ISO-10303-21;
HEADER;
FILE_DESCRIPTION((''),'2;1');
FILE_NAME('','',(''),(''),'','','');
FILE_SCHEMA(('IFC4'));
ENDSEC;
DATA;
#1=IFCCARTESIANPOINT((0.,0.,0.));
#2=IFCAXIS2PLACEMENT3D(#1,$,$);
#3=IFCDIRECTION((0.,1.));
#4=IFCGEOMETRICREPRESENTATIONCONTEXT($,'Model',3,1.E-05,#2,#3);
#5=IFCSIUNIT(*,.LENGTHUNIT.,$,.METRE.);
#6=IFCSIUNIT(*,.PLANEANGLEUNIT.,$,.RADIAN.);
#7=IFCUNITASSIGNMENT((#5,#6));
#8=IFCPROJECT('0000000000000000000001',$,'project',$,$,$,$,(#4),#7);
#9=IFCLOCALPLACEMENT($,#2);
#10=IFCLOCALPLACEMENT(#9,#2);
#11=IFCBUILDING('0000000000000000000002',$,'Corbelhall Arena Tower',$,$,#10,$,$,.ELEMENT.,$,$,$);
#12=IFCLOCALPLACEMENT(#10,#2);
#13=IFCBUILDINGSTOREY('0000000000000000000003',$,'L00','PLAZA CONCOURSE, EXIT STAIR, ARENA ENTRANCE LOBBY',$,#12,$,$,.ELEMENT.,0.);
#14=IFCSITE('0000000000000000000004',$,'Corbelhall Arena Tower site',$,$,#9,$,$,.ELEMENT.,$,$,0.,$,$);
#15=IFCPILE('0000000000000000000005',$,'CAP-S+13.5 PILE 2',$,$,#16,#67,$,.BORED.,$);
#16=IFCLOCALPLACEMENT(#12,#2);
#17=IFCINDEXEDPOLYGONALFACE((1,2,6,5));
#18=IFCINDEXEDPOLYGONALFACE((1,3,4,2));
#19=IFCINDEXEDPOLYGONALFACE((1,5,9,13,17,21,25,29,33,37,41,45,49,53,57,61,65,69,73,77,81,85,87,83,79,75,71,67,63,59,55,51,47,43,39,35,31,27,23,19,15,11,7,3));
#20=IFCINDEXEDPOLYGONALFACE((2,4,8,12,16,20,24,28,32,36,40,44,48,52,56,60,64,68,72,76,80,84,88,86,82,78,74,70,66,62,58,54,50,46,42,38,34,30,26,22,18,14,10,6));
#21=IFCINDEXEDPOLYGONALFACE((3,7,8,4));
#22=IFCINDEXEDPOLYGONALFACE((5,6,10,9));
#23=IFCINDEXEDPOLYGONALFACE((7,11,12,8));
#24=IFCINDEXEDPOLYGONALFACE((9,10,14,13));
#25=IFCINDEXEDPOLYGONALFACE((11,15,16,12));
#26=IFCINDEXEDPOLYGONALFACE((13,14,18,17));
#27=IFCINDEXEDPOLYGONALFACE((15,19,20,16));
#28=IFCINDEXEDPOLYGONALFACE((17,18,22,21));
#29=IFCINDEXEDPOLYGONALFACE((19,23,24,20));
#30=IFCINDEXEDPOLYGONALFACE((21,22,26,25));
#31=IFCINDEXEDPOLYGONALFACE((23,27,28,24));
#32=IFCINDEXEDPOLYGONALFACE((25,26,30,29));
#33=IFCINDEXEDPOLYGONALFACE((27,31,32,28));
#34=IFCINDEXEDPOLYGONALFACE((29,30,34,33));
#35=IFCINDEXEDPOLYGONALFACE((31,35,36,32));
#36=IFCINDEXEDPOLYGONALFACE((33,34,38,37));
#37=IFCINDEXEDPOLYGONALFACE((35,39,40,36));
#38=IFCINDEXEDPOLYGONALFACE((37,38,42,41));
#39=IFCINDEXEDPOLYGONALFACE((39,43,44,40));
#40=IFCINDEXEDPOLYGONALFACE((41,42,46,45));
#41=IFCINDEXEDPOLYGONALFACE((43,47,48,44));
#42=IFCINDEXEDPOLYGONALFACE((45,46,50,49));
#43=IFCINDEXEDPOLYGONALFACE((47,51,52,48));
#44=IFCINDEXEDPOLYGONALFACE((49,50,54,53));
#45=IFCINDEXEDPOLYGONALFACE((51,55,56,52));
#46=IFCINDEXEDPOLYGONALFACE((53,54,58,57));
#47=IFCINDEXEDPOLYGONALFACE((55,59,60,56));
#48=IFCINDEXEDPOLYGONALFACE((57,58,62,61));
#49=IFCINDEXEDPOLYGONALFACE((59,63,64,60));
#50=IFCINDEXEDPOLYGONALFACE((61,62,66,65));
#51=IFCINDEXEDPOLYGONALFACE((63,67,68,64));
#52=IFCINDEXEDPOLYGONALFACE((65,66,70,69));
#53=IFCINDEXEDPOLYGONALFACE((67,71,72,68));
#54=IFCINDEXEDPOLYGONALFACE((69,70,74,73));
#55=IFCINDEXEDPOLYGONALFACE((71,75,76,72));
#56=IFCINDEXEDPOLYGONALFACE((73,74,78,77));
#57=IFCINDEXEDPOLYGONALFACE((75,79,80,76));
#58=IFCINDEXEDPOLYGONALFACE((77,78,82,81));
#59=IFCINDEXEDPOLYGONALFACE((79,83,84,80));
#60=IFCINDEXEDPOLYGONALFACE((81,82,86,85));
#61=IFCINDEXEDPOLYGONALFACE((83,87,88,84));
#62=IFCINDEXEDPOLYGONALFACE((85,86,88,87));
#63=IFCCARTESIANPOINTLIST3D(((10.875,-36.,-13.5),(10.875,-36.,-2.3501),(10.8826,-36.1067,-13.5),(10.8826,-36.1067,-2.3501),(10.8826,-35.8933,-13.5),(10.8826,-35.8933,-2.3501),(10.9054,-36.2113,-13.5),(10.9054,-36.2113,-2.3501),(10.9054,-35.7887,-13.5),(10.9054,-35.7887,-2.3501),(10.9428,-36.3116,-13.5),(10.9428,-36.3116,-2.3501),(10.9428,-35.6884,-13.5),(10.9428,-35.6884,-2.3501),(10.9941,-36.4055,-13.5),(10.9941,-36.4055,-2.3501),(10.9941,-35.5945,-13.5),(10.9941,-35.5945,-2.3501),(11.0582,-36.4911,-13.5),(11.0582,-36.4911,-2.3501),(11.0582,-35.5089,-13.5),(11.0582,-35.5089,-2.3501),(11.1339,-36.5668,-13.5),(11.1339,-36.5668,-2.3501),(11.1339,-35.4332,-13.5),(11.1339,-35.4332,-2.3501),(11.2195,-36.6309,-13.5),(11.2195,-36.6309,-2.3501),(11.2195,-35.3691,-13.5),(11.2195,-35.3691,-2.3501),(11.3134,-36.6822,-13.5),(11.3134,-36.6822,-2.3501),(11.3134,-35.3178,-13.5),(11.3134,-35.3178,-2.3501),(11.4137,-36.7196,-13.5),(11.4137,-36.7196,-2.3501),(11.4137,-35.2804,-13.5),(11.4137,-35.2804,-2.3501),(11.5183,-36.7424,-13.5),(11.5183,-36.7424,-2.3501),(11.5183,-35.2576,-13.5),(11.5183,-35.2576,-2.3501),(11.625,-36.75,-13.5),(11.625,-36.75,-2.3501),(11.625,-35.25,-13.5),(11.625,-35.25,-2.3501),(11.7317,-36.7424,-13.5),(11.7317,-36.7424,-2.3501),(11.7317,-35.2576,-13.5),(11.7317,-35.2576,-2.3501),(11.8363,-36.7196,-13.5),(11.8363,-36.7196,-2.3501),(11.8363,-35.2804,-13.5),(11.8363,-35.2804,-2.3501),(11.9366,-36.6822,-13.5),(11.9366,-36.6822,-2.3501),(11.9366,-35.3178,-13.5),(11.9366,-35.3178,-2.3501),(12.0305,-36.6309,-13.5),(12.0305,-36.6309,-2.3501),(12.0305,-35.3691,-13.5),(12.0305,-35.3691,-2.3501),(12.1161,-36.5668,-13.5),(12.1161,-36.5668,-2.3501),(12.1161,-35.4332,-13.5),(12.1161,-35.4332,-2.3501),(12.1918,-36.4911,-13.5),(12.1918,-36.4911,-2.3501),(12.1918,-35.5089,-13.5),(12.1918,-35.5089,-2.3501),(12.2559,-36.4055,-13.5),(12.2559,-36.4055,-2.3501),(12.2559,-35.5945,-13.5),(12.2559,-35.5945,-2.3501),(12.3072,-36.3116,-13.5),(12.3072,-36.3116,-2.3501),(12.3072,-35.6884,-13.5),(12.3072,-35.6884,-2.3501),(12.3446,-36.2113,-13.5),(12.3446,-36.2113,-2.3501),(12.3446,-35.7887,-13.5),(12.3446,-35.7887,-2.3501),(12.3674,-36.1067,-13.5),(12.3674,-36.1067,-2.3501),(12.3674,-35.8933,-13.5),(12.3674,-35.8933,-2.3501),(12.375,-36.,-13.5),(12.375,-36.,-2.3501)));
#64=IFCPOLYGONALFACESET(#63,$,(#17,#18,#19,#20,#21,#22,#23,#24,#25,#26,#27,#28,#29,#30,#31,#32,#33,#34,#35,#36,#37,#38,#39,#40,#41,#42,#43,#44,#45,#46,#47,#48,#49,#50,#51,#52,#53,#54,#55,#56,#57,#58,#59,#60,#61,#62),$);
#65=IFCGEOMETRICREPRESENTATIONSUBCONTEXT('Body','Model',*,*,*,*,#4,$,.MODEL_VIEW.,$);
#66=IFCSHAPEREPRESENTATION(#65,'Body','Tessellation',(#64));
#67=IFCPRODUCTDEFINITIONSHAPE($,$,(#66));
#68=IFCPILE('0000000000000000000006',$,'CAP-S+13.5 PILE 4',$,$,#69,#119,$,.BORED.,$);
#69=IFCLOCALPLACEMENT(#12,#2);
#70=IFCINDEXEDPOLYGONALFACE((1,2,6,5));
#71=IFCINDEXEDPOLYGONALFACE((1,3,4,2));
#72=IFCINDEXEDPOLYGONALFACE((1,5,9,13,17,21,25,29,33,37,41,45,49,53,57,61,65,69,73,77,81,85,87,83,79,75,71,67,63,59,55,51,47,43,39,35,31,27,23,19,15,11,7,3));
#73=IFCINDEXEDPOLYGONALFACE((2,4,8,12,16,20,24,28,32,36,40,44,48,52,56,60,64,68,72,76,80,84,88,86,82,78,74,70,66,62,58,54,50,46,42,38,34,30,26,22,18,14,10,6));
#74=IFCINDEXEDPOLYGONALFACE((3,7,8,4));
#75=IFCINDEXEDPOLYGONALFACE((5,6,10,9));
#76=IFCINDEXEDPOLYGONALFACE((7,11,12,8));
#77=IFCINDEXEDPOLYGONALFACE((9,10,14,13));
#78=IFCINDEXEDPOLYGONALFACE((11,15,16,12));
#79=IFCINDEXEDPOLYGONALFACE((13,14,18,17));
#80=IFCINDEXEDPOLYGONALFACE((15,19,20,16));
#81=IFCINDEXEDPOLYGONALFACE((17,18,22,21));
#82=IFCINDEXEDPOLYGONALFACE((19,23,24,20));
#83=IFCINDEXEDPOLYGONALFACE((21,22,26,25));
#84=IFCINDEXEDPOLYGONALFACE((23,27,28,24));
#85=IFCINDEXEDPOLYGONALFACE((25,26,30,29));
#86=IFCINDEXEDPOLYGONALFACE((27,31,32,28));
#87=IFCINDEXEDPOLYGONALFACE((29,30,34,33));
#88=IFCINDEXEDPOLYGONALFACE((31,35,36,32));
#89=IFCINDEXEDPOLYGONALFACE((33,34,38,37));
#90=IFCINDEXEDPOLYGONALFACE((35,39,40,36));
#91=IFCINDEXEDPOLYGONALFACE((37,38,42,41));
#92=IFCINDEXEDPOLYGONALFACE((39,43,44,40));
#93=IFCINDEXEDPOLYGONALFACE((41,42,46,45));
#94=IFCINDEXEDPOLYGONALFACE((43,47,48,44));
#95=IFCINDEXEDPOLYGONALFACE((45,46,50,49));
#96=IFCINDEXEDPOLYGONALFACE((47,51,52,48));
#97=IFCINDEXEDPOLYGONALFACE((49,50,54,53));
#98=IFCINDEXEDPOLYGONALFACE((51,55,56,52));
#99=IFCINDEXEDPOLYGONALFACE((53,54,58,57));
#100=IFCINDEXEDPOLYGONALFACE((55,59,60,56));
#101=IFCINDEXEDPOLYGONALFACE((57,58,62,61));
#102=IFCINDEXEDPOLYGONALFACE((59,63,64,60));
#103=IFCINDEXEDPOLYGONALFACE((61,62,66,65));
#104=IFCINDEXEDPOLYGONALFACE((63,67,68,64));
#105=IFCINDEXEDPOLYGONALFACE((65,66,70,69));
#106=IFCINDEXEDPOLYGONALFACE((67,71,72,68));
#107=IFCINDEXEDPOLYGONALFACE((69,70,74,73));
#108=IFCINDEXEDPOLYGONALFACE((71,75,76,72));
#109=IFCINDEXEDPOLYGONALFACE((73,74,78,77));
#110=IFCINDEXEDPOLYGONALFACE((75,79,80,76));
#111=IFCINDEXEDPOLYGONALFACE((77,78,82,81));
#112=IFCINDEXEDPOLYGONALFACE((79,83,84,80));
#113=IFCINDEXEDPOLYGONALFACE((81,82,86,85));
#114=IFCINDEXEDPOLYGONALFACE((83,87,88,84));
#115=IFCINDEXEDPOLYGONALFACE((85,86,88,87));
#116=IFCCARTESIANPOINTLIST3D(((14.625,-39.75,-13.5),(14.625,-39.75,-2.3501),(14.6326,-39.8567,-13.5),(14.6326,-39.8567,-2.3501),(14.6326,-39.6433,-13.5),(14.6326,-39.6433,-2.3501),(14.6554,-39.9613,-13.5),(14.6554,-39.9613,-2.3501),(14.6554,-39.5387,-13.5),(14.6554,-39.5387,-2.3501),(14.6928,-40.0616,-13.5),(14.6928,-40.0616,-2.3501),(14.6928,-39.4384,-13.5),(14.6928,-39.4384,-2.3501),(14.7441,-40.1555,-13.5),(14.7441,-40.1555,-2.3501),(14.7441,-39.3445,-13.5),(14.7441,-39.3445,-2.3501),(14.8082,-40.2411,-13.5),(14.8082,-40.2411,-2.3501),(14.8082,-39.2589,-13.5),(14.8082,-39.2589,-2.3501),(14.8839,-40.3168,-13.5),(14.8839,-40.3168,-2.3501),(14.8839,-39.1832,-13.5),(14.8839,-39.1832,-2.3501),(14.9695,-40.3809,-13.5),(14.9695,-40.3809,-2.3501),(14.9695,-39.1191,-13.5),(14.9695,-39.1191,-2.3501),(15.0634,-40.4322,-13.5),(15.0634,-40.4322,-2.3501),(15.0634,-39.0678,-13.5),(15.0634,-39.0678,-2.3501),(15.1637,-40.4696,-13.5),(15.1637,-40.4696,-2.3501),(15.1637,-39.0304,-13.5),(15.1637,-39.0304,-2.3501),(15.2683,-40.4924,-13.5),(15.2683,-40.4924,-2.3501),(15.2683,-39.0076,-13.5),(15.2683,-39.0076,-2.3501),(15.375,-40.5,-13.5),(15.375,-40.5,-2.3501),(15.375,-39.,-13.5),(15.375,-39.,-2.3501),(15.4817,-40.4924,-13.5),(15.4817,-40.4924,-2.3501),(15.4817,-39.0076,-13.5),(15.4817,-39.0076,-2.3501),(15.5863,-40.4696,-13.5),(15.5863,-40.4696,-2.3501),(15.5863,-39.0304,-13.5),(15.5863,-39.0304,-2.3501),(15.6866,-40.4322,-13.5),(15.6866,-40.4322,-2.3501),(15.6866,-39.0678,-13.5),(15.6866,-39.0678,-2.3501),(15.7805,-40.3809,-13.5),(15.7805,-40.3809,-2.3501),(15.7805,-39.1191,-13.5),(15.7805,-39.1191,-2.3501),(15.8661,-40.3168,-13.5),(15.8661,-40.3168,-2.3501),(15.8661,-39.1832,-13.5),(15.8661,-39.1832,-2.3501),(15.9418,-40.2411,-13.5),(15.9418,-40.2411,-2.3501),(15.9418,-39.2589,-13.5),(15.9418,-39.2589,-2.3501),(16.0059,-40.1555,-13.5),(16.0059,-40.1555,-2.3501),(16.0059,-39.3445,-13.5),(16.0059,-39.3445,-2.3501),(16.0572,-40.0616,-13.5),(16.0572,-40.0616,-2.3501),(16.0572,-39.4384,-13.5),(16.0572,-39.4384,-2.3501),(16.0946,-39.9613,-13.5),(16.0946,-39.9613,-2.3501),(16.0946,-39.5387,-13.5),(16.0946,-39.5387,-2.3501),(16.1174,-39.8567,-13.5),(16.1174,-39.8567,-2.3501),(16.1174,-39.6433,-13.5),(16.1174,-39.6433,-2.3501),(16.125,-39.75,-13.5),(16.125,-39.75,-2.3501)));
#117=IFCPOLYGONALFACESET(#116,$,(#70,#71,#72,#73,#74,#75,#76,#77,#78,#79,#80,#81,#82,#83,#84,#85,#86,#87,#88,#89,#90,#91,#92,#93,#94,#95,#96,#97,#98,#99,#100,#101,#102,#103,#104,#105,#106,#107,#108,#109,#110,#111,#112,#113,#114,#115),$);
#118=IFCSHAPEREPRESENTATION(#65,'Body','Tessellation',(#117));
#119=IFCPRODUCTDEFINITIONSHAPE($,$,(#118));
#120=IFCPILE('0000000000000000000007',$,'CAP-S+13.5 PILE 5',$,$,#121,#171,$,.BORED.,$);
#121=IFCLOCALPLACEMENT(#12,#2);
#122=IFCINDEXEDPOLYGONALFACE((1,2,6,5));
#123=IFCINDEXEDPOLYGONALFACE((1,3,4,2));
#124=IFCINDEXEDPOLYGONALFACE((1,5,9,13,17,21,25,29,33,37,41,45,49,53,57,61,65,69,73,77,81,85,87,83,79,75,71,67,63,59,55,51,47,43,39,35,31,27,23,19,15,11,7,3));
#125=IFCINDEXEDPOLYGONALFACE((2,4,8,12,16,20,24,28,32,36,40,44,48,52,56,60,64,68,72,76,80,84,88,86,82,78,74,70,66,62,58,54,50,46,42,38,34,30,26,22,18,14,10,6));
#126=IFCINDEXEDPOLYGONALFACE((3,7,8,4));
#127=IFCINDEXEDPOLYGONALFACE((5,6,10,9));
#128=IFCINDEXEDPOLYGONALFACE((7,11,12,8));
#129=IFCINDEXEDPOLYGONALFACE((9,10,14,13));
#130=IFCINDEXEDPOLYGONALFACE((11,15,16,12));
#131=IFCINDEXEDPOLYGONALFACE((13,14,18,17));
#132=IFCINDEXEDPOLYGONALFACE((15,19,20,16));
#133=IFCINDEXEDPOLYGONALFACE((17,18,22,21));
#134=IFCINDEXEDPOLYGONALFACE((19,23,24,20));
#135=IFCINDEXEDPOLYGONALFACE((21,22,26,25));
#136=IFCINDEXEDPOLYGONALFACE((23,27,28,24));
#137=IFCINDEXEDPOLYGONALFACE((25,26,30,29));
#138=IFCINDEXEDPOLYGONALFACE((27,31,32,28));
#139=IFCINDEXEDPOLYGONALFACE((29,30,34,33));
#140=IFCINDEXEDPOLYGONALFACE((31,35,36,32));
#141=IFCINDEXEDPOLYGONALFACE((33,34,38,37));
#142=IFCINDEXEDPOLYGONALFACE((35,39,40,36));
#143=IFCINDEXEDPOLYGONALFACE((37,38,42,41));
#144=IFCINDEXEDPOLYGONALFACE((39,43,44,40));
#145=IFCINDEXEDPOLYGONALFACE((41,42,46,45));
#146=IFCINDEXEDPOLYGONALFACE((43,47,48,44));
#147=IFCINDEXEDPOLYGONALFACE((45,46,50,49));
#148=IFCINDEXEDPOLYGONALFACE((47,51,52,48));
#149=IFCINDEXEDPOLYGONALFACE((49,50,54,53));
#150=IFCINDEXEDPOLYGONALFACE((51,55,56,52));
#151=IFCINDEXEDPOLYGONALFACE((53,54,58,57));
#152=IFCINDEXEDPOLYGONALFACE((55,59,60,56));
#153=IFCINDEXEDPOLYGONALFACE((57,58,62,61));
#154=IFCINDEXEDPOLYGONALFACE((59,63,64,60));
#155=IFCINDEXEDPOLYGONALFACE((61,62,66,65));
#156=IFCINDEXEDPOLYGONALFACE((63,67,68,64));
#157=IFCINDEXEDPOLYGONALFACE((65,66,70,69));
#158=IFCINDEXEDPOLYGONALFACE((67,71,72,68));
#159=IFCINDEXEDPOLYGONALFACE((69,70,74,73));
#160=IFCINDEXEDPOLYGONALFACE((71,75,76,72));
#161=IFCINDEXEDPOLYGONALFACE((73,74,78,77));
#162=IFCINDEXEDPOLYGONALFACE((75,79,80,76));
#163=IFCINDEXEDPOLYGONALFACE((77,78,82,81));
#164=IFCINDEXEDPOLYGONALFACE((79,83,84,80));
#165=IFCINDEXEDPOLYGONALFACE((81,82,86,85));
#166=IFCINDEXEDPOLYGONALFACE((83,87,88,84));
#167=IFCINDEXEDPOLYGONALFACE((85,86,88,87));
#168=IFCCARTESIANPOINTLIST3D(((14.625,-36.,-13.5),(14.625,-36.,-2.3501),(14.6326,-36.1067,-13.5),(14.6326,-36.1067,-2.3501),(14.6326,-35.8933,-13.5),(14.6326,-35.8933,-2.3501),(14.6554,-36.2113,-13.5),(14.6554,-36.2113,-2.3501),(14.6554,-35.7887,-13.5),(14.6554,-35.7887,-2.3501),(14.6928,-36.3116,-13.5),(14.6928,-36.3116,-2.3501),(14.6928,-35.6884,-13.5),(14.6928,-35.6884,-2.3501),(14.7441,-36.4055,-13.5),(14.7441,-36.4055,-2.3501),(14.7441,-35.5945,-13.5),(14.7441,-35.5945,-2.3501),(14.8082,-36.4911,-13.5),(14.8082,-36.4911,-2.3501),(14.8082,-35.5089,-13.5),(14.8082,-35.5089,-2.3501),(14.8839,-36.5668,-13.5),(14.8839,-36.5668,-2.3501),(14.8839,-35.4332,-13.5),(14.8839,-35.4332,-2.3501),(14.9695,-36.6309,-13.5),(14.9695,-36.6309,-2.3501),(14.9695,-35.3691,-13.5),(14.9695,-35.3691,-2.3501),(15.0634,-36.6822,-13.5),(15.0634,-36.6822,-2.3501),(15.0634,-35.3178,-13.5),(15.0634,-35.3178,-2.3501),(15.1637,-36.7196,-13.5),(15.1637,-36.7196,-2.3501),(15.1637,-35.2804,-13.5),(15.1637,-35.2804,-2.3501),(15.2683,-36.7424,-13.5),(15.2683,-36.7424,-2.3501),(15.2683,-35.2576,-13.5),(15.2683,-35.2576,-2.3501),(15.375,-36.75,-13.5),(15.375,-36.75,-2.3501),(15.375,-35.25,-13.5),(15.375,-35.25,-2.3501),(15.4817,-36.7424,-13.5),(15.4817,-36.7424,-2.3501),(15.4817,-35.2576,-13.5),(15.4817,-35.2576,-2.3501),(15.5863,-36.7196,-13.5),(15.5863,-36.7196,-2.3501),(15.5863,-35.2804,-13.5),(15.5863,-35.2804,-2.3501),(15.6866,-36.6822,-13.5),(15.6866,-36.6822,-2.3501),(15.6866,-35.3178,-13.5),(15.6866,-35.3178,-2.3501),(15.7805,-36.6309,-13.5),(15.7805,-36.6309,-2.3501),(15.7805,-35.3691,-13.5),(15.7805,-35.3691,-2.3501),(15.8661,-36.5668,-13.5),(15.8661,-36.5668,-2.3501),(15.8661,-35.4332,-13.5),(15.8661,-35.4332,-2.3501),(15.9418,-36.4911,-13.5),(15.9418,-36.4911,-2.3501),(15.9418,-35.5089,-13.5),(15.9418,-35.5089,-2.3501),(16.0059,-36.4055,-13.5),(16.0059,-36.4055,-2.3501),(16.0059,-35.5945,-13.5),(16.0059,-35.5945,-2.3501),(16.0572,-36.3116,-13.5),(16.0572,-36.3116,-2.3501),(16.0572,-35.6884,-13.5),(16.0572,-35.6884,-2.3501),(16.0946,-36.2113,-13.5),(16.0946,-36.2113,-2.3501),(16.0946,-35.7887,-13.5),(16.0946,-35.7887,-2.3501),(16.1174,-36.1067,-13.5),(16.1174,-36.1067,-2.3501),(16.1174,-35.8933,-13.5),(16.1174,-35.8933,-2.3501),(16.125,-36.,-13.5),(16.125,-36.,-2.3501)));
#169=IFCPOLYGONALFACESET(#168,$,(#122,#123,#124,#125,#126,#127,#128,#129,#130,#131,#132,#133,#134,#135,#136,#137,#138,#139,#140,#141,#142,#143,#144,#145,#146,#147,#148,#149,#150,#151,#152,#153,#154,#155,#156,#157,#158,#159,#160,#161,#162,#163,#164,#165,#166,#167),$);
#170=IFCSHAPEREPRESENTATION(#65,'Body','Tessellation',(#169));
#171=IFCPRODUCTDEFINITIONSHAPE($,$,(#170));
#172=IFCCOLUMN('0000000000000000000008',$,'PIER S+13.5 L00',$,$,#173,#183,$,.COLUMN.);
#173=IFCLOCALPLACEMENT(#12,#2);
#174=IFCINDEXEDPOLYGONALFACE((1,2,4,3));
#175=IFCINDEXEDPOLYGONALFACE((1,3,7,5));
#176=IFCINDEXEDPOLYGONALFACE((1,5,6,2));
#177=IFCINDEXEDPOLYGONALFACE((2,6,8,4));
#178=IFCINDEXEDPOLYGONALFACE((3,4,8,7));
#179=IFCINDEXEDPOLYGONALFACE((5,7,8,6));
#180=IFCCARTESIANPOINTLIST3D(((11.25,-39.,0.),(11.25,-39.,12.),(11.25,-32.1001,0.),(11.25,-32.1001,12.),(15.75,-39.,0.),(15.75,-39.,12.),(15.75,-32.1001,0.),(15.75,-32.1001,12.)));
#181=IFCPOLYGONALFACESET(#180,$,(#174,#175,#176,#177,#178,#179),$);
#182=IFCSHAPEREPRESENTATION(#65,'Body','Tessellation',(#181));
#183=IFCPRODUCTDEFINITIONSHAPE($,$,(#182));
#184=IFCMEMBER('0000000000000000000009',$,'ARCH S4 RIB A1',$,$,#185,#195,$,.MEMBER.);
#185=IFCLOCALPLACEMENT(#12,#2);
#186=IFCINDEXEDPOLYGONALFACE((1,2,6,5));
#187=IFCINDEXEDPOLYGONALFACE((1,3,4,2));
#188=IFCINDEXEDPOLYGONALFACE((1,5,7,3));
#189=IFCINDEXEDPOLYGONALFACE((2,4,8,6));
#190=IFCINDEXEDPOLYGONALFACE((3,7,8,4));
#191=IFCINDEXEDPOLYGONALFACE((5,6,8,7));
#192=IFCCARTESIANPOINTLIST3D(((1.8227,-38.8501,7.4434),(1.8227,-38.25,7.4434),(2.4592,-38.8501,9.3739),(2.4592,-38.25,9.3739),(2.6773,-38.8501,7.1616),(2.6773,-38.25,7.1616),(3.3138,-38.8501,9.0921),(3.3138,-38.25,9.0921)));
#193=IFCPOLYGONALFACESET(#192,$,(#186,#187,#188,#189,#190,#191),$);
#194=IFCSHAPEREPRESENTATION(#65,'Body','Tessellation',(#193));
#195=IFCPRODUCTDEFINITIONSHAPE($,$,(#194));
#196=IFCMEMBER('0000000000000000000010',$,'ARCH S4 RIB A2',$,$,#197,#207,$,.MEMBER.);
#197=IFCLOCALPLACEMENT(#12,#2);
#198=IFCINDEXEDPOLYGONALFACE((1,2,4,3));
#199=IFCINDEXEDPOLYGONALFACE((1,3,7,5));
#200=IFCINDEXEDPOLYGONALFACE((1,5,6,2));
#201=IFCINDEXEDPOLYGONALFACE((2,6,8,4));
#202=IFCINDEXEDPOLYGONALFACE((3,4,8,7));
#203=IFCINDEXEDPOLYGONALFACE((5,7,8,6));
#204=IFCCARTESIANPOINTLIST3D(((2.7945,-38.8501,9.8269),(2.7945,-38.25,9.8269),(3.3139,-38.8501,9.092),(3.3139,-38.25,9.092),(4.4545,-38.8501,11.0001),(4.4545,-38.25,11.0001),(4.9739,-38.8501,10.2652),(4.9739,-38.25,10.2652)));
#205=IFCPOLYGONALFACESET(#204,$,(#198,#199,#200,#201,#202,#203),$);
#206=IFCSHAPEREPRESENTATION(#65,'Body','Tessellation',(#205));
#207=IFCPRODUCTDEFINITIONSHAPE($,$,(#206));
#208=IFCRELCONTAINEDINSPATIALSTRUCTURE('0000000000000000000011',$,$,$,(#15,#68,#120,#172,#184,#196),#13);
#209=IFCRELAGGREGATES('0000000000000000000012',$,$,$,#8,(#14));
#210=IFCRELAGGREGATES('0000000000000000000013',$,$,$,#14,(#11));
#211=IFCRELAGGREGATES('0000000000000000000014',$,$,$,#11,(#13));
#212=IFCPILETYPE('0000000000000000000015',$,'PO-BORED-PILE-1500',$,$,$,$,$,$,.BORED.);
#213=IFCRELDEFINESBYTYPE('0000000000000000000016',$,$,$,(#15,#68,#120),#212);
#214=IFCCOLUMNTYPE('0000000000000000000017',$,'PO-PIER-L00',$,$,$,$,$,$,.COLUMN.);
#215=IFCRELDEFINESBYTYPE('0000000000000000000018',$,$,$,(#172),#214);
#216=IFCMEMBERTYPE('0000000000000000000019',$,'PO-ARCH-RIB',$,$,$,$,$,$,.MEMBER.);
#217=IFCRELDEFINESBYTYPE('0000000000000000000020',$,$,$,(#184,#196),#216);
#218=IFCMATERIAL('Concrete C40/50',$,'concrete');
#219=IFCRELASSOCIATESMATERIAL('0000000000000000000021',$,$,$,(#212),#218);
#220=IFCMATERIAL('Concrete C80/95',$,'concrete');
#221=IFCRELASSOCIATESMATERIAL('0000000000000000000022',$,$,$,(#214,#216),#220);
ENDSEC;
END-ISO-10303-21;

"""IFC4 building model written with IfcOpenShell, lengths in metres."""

from ifc_helpers import new_model, si_unit, direction, frame, origin, origin_2d, place, context, subcontext, project, spatial, rectangle, circle, extrude, material, material_profile, profile_set, type_object, element, save


model = new_model("IFC4")

# Units and contexts
model_context = context("Model", 3, precision=1e-05, world=origin(), true_north=direction((0.0, 1.0)))
body_context = subcontext(model_context, "Body", "Model", "MODEL_VIEW")
ifc_project = project(units=[si_unit("LENGTHUNIT", "METRE"), si_unit("PLANEANGLEUNIT", "RADIAN")], contexts=[model_context])

# Site, building, storey
site_placement = place(None, origin())
site = spatial("IfcSite", under=ifc_project, at=site_placement, Name="Corbelhall Arena Tower site", CompositionType="ELEMENT", RefElevation=0.0)
building_placement = place(site_placement, origin())
building = spatial("IfcBuilding", under=site, at=building_placement, Name="Corbelhall Arena Tower", CompositionType="ELEMENT")
storey_placement = place(building_placement, origin())
storey = spatial("IfcBuildingStorey", under=building, at=storey_placement, Name="L00", Description="PLAZA CONCOURSE, EXIT STAIR, ARENA ENTRANCE LOBBY", CompositionType="ELEMENT", Elevation=0.0)

# Piles
ifc_material_1 = material(Name="Concrete C40/50", Category="concrete")
ifc_material_profile_1 = material_profile(ifc_material_1, circle(Radius=0.75, at=origin_2d()))
ifc_profile_set_1 = profile_set([ifc_material_profile_1], Name="Concrete C40/50")
pile_type = type_object("IfcPileType", Name="PO-BORED-PILE-1500", PredefinedType="BORED", material=ifc_profile_set_1)
for number, where, z_axis, x_axis, name in (
    (1, (11.625, -36.0, -2.3501), (0.0, 0.0, -1.0), (1.0, 0.0, 0.0), "CAP-S+13.5 PILE 2"),
    (2, (15.375, -39.75, -2.3501), (0.0, 0.0, -1.0), (1.0, 0.0, 0.0), "CAP-S+13.5 PILE 4"),
    (3, (15.375, -36.0, -2.3501), (0.0, 0.0, -1.0), (1.0, 0.0, 0.0), "CAP-S+13.5 PILE 5"),
):
    element("IfcPile", number, at=place(storey_placement, frame(where, z_axis=z_axis, x_axis=x_axis)), inside=storey, type_object=pile_type, Name=name, PredefinedType="BORED", context=body_context, shape_type="SweptSolid", body=[
        extrude(circle(Radius=0.75, at=origin_2d()), origin(), (0.0, 0.0, 1.0), 11.1499),
    ])

# Column
ifc_material_2 = material(Name="Concrete C80/95", Category="concrete")
ifc_material_profile_2 = material_profile(ifc_material_2, rectangle(XDim=4.5, YDim=6.8999, at=origin_2d()))
ifc_profile_set_2 = profile_set([ifc_material_profile_2], Name="Concrete C80/95")
column_type = type_object("IfcColumnType", Name="PO-PIER-L00", PredefinedType="COLUMN", material=ifc_profile_set_2)
column_placement = place(storey_placement, frame((13.5, -35.55, 0.0), z_axis=(0.0, 0.0, 1.0), x_axis=(1.0, 0.0, 0.0)))
element("IfcColumn", 4, at=column_placement, inside=storey, type_object=column_type, Name="PIER S+13.5 L00", PredefinedType="COLUMN", context=body_context, shape_type="SweptSolid", body=[
    extrude(rectangle(XDim=4.5, YDim=6.8999, at=origin_2d()), origin(), (0.0, 0.0, 1.0), 12.0),
])

# Members
ifc_material_profile_3 = material_profile(ifc_material_2, rectangle(XDim=0.6001, YDim=0.8999, at=origin_2d()))
ifc_profile_set_3 = profile_set([ifc_material_profile_3], Name="Concrete C80/95")
member_type = type_object("IfcMemberType", Name="PO-ARCH-RIB", PredefinedType="MEMBER", material=ifc_profile_set_3)
for number, where, z_axis, x_axis, name in (
    (5, (2.25, -38.55, 7.3025), (0.313127, 0.0, 0.949711), (0.0, 1.0, 0.0), "ARCH S4 RIB A1"),
    (6, (3.0542, -38.55, 9.4595), (0.816645, 0.0, 0.577141), (0.0, 1.0, 0.0), "ARCH S4 RIB A2"),
):
    element("IfcMember", number, at=place(storey_placement, frame(where, z_axis=z_axis, x_axis=x_axis)), inside=storey, type_object=member_type, Name=name, PredefinedType="MEMBER", context=body_context, shape_type="SweptSolid", body=[
        extrude(rectangle(XDim=0.6001, YDim=0.8999, at=origin_2d()), origin(), (0.0, 0.0, 1.0), 2.0327),
    ])

save(model, "model.ifc")
